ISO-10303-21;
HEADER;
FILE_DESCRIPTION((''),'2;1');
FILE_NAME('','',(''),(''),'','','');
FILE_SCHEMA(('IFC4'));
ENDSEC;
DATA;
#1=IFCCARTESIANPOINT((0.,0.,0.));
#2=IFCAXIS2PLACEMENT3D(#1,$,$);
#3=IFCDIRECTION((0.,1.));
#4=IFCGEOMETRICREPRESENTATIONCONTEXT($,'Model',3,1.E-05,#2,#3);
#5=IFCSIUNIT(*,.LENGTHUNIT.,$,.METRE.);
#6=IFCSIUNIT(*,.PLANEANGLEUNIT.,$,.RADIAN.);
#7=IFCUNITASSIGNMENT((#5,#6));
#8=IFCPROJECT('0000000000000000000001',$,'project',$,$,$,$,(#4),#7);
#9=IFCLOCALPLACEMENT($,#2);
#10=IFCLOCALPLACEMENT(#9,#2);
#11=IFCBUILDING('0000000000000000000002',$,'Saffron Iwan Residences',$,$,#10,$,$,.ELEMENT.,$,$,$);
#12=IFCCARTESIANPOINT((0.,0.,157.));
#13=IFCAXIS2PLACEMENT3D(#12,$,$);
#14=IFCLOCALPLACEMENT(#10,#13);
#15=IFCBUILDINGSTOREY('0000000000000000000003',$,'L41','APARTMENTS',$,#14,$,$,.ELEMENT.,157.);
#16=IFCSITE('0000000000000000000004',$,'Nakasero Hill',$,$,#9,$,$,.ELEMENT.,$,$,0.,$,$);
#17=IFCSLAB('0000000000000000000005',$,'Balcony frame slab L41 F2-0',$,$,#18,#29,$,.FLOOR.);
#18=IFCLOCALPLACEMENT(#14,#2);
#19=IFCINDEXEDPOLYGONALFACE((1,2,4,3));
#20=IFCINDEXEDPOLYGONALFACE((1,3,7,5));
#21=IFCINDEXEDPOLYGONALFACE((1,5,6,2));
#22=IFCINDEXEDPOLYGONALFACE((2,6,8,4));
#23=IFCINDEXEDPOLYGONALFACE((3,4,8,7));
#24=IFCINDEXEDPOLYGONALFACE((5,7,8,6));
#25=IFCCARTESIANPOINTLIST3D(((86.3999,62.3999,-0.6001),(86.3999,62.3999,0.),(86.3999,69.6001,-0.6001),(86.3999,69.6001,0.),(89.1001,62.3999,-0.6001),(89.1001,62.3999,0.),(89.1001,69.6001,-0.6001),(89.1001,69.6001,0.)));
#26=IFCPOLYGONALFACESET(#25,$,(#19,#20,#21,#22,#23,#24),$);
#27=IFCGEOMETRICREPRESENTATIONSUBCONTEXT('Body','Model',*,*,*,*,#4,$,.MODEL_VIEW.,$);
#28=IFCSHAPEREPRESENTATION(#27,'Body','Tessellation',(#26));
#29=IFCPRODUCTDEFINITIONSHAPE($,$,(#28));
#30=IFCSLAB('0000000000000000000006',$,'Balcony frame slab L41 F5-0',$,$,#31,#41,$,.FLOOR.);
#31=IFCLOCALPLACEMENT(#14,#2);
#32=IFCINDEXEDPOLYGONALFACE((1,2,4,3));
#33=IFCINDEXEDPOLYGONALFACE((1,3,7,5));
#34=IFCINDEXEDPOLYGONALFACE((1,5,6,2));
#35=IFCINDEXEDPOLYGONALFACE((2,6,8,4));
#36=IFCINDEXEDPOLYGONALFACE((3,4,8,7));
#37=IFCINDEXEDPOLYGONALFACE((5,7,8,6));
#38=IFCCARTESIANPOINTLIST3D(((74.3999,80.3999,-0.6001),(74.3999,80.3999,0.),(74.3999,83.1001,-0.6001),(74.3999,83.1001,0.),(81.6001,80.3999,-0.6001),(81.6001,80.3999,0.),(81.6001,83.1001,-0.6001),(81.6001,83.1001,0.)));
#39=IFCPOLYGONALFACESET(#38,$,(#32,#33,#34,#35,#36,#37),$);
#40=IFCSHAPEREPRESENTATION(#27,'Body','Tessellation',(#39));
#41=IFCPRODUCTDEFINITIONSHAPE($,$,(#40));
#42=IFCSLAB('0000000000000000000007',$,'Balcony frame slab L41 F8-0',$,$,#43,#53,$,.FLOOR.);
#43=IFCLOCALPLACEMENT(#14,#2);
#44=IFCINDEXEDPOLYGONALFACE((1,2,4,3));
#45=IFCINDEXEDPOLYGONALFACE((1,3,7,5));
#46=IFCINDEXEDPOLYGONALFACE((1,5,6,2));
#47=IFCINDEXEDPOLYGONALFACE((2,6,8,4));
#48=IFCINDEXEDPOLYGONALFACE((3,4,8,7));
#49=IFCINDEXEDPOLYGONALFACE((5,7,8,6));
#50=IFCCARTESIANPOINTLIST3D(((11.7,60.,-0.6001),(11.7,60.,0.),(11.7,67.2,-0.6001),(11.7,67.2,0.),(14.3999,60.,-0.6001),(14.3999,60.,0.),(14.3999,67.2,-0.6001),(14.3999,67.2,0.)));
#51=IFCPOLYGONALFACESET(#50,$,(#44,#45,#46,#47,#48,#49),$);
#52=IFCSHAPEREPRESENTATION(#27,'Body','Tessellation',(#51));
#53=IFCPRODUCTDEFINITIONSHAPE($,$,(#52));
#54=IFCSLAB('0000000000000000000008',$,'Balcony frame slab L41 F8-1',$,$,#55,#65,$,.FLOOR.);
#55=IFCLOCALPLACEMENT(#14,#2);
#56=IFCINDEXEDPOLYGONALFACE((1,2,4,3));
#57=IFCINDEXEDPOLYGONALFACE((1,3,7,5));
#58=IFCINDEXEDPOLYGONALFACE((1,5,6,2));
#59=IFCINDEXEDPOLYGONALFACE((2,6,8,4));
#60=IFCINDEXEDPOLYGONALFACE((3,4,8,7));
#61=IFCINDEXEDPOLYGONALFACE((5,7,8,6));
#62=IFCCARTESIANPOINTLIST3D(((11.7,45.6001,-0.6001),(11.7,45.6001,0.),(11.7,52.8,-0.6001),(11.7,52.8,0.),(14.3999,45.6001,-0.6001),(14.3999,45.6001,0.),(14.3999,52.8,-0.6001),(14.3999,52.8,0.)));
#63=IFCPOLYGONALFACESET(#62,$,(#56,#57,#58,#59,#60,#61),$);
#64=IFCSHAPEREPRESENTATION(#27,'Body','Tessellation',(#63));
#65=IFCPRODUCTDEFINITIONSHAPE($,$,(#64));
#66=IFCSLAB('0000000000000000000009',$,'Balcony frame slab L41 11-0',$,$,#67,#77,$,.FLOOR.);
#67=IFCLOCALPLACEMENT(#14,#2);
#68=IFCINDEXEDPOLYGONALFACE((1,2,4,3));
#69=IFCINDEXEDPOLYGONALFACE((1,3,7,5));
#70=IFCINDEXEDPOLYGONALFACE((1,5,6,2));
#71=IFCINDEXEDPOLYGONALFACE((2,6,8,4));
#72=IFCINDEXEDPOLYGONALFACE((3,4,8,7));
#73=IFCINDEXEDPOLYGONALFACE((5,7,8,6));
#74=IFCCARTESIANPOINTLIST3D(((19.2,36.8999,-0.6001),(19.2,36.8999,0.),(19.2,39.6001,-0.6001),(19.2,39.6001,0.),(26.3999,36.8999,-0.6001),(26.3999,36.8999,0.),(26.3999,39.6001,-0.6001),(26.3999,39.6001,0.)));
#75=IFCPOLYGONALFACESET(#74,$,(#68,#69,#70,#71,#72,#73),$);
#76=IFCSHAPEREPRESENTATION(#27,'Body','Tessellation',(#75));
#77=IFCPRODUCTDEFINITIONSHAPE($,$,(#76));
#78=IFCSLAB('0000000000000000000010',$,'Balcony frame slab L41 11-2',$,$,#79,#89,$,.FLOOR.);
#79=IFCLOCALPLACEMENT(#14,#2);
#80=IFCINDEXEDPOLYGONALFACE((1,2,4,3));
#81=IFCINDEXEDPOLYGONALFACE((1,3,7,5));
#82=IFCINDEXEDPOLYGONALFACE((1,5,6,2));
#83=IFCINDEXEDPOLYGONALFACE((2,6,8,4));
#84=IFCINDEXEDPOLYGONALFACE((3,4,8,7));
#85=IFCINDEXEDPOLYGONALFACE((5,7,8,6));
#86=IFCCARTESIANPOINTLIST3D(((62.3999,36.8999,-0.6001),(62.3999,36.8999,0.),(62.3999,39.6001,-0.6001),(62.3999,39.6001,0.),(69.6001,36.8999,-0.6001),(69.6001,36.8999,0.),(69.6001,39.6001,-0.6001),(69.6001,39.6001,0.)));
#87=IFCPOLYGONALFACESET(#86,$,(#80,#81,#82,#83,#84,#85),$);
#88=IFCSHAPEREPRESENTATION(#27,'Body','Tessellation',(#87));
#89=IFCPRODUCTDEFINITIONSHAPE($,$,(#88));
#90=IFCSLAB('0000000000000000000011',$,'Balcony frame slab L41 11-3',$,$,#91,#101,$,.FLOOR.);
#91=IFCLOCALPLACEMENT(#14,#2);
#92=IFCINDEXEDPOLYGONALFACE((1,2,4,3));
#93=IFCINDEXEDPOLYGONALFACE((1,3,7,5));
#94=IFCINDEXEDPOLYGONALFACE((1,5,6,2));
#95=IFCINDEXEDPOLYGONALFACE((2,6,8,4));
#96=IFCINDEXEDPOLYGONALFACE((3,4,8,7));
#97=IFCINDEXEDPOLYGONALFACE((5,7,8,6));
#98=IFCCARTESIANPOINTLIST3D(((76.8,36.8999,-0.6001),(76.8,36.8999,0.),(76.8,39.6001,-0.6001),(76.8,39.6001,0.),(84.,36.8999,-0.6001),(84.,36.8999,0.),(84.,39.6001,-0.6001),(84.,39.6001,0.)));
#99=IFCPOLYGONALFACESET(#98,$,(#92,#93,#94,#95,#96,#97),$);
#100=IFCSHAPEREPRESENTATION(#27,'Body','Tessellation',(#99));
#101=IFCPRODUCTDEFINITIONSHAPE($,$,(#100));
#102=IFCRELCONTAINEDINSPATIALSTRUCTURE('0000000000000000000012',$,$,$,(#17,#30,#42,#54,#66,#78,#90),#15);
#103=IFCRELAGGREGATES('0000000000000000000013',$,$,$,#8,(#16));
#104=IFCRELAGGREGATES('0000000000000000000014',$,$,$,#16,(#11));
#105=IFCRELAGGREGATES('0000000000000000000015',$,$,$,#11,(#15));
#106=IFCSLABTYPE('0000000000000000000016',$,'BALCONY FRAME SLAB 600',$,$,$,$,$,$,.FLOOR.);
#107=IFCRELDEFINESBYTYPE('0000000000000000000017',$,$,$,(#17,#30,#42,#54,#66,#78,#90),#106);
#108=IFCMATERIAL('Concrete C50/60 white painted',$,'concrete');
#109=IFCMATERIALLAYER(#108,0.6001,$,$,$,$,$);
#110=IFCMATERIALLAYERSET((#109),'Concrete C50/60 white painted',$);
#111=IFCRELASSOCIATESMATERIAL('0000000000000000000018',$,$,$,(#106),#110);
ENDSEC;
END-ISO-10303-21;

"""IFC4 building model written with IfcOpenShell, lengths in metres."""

from ifc_helpers import new_model, si_unit, direction, frame, origin, place, context, subcontext, project, spatial, polyline, outline, extrude, material, layer, layer_set, type_object, element, save


model = new_model("IFC4")

# Units and contexts
model_context = context("Model", 3, precision=1e-05, world=origin(), true_north=direction((0.0, 1.0)))
body_context = subcontext(model_context, "Body", "Model", "MODEL_VIEW")
ifc_project = project(units=[si_unit("LENGTHUNIT", "METRE"), si_unit("PLANEANGLEUNIT", "RADIAN")], contexts=[model_context])

# Site, building, storey
site_placement = place(None, origin())
site = spatial("IfcSite", under=ifc_project, at=site_placement, Name="Nakasero Hill", CompositionType="ELEMENT", RefElevation=0.0)
building_placement = place(site_placement, origin())
building = spatial("IfcBuilding", under=site, at=building_placement, Name="Saffron Iwan Residences", CompositionType="ELEMENT")
storey_placement = place(building_placement, frame((0.0, 0.0, 157.0)))
storey = spatial("IfcBuildingStorey", under=building, at=storey_placement, Name="L41", Description="APARTMENTS", CompositionType="ELEMENT", Elevation=157.0)

# Slabs
ifc_material_1 = material(Name="Concrete C50/60 white painted", Category="concrete")
ifc_layer_1 = layer(ifc_material_1, 0.6001)
ifc_layer_set_1 = layer_set([ifc_layer_1], Name="Concrete C50/60 white painted")
slab_type_1 = type_object("IfcSlabType", Name="BALCONY FRAME SLAB 600", PredefinedType="FLOOR", material=ifc_layer_set_1)
slab_1_placement = place(storey_placement, frame((0.0, 0.0, -0.6001)))
element("IfcSlab", 1, at=slab_1_placement, inside=storey, type_object=slab_type_1, Name="Balcony frame slab L41 F2-0", PredefinedType="FLOOR", context=body_context, shape_type="SweptSolid", body=[
    extrude(outline(polyline([(89.1001, 62.3999), (89.1001, 69.6001), (86.3999, 69.6001), (86.3999, 62.3999), (89.1001, 62.3999)])), origin(), (0.0, 0.0, 1.0), 0.6001),
])
slab_2_placement = place(storey_placement, frame((0.0, 0.0, -0.6001)))
element("IfcSlab", 2, at=slab_2_placement, inside=storey, type_object=slab_type_1, Name="Balcony frame slab L41 F5-0", PredefinedType="FLOOR", context=body_context, shape_type="SweptSolid", body=[
    extrude(outline(polyline([(81.6001, 83.1001), (74.3999, 83.1001), (74.3999, 80.3999), (81.6001, 80.3999), (81.6001, 83.1001)])), origin(), (0.0, 0.0, 1.0), 0.6001),
])
slab_3_placement = place(storey_placement, frame((0.0, 0.0, -0.6001)))
element("IfcSlab", 3, at=slab_3_placement, inside=storey, type_object=slab_type_1, Name="Balcony frame slab L41 F8-0", PredefinedType="FLOOR", context=body_context, shape_type="SweptSolid", body=[
    extrude(outline(polyline([(11.7, 67.2), (11.7, 60.0), (14.3999, 60.0), (14.3999, 67.2), (11.7, 67.2)])), origin(), (0.0, 0.0, 1.0), 0.6001),
])
slab_4_placement = place(storey_placement, frame((0.0, 0.0, -0.6001)))
element("IfcSlab", 4, at=slab_4_placement, inside=storey, type_object=slab_type_1, Name="Balcony frame slab L41 F8-1", PredefinedType="FLOOR", context=body_context, shape_type="SweptSolid", body=[
    extrude(outline(polyline([(11.7, 52.8), (11.7, 45.6001), (14.3999, 45.6001), (14.3999, 52.8), (11.7, 52.8)])), origin(), (0.0, 0.0, 1.0), 0.6001),
])
slab_5_placement = place(storey_placement, frame((0.0, 0.0, -0.6001)))
element("IfcSlab", 5, at=slab_5_placement, inside=storey, type_object=slab_type_1, Name="Balcony frame slab L41 11-0", PredefinedType="FLOOR", context=body_context, shape_type="SweptSolid", body=[
    extrude(outline(polyline([(19.2, 36.8999), (26.3999, 36.8999), (26.3999, 39.6001), (19.2, 39.6001), (19.2, 36.8999)])), origin(), (0.0, 0.0, 1.0), 0.6001),
])
slab_6_placement = place(storey_placement, frame((0.0, 0.0, -0.6001)))
element("IfcSlab", 6, at=slab_6_placement, inside=storey, type_object=slab_type_1, Name="Balcony frame slab L41 11-2", PredefinedType="FLOOR", context=body_context, shape_type="SweptSolid", body=[
    extrude(outline(polyline([(62.3999, 36.8999), (69.6001, 36.8999), (69.6001, 39.6001), (62.3999, 39.6001), (62.3999, 36.8999)])), origin(), (0.0, 0.0, 1.0), 0.6001),
])
slab_7_placement = place(storey_placement, frame((0.0, 0.0, -0.6001)))
element("IfcSlab", 7, at=slab_7_placement, inside=storey, type_object=slab_type_1, Name="Balcony frame slab L41 11-3", PredefinedType="FLOOR", context=body_context, shape_type="SweptSolid", body=[
    extrude(outline(polyline([(76.8, 36.8999), (84.0, 36.8999), (84.0, 39.6001), (76.8, 39.6001), (76.8, 36.8999)])), origin(), (0.0, 0.0, 1.0), 0.6001),
])

save(model, "model.ifc")
